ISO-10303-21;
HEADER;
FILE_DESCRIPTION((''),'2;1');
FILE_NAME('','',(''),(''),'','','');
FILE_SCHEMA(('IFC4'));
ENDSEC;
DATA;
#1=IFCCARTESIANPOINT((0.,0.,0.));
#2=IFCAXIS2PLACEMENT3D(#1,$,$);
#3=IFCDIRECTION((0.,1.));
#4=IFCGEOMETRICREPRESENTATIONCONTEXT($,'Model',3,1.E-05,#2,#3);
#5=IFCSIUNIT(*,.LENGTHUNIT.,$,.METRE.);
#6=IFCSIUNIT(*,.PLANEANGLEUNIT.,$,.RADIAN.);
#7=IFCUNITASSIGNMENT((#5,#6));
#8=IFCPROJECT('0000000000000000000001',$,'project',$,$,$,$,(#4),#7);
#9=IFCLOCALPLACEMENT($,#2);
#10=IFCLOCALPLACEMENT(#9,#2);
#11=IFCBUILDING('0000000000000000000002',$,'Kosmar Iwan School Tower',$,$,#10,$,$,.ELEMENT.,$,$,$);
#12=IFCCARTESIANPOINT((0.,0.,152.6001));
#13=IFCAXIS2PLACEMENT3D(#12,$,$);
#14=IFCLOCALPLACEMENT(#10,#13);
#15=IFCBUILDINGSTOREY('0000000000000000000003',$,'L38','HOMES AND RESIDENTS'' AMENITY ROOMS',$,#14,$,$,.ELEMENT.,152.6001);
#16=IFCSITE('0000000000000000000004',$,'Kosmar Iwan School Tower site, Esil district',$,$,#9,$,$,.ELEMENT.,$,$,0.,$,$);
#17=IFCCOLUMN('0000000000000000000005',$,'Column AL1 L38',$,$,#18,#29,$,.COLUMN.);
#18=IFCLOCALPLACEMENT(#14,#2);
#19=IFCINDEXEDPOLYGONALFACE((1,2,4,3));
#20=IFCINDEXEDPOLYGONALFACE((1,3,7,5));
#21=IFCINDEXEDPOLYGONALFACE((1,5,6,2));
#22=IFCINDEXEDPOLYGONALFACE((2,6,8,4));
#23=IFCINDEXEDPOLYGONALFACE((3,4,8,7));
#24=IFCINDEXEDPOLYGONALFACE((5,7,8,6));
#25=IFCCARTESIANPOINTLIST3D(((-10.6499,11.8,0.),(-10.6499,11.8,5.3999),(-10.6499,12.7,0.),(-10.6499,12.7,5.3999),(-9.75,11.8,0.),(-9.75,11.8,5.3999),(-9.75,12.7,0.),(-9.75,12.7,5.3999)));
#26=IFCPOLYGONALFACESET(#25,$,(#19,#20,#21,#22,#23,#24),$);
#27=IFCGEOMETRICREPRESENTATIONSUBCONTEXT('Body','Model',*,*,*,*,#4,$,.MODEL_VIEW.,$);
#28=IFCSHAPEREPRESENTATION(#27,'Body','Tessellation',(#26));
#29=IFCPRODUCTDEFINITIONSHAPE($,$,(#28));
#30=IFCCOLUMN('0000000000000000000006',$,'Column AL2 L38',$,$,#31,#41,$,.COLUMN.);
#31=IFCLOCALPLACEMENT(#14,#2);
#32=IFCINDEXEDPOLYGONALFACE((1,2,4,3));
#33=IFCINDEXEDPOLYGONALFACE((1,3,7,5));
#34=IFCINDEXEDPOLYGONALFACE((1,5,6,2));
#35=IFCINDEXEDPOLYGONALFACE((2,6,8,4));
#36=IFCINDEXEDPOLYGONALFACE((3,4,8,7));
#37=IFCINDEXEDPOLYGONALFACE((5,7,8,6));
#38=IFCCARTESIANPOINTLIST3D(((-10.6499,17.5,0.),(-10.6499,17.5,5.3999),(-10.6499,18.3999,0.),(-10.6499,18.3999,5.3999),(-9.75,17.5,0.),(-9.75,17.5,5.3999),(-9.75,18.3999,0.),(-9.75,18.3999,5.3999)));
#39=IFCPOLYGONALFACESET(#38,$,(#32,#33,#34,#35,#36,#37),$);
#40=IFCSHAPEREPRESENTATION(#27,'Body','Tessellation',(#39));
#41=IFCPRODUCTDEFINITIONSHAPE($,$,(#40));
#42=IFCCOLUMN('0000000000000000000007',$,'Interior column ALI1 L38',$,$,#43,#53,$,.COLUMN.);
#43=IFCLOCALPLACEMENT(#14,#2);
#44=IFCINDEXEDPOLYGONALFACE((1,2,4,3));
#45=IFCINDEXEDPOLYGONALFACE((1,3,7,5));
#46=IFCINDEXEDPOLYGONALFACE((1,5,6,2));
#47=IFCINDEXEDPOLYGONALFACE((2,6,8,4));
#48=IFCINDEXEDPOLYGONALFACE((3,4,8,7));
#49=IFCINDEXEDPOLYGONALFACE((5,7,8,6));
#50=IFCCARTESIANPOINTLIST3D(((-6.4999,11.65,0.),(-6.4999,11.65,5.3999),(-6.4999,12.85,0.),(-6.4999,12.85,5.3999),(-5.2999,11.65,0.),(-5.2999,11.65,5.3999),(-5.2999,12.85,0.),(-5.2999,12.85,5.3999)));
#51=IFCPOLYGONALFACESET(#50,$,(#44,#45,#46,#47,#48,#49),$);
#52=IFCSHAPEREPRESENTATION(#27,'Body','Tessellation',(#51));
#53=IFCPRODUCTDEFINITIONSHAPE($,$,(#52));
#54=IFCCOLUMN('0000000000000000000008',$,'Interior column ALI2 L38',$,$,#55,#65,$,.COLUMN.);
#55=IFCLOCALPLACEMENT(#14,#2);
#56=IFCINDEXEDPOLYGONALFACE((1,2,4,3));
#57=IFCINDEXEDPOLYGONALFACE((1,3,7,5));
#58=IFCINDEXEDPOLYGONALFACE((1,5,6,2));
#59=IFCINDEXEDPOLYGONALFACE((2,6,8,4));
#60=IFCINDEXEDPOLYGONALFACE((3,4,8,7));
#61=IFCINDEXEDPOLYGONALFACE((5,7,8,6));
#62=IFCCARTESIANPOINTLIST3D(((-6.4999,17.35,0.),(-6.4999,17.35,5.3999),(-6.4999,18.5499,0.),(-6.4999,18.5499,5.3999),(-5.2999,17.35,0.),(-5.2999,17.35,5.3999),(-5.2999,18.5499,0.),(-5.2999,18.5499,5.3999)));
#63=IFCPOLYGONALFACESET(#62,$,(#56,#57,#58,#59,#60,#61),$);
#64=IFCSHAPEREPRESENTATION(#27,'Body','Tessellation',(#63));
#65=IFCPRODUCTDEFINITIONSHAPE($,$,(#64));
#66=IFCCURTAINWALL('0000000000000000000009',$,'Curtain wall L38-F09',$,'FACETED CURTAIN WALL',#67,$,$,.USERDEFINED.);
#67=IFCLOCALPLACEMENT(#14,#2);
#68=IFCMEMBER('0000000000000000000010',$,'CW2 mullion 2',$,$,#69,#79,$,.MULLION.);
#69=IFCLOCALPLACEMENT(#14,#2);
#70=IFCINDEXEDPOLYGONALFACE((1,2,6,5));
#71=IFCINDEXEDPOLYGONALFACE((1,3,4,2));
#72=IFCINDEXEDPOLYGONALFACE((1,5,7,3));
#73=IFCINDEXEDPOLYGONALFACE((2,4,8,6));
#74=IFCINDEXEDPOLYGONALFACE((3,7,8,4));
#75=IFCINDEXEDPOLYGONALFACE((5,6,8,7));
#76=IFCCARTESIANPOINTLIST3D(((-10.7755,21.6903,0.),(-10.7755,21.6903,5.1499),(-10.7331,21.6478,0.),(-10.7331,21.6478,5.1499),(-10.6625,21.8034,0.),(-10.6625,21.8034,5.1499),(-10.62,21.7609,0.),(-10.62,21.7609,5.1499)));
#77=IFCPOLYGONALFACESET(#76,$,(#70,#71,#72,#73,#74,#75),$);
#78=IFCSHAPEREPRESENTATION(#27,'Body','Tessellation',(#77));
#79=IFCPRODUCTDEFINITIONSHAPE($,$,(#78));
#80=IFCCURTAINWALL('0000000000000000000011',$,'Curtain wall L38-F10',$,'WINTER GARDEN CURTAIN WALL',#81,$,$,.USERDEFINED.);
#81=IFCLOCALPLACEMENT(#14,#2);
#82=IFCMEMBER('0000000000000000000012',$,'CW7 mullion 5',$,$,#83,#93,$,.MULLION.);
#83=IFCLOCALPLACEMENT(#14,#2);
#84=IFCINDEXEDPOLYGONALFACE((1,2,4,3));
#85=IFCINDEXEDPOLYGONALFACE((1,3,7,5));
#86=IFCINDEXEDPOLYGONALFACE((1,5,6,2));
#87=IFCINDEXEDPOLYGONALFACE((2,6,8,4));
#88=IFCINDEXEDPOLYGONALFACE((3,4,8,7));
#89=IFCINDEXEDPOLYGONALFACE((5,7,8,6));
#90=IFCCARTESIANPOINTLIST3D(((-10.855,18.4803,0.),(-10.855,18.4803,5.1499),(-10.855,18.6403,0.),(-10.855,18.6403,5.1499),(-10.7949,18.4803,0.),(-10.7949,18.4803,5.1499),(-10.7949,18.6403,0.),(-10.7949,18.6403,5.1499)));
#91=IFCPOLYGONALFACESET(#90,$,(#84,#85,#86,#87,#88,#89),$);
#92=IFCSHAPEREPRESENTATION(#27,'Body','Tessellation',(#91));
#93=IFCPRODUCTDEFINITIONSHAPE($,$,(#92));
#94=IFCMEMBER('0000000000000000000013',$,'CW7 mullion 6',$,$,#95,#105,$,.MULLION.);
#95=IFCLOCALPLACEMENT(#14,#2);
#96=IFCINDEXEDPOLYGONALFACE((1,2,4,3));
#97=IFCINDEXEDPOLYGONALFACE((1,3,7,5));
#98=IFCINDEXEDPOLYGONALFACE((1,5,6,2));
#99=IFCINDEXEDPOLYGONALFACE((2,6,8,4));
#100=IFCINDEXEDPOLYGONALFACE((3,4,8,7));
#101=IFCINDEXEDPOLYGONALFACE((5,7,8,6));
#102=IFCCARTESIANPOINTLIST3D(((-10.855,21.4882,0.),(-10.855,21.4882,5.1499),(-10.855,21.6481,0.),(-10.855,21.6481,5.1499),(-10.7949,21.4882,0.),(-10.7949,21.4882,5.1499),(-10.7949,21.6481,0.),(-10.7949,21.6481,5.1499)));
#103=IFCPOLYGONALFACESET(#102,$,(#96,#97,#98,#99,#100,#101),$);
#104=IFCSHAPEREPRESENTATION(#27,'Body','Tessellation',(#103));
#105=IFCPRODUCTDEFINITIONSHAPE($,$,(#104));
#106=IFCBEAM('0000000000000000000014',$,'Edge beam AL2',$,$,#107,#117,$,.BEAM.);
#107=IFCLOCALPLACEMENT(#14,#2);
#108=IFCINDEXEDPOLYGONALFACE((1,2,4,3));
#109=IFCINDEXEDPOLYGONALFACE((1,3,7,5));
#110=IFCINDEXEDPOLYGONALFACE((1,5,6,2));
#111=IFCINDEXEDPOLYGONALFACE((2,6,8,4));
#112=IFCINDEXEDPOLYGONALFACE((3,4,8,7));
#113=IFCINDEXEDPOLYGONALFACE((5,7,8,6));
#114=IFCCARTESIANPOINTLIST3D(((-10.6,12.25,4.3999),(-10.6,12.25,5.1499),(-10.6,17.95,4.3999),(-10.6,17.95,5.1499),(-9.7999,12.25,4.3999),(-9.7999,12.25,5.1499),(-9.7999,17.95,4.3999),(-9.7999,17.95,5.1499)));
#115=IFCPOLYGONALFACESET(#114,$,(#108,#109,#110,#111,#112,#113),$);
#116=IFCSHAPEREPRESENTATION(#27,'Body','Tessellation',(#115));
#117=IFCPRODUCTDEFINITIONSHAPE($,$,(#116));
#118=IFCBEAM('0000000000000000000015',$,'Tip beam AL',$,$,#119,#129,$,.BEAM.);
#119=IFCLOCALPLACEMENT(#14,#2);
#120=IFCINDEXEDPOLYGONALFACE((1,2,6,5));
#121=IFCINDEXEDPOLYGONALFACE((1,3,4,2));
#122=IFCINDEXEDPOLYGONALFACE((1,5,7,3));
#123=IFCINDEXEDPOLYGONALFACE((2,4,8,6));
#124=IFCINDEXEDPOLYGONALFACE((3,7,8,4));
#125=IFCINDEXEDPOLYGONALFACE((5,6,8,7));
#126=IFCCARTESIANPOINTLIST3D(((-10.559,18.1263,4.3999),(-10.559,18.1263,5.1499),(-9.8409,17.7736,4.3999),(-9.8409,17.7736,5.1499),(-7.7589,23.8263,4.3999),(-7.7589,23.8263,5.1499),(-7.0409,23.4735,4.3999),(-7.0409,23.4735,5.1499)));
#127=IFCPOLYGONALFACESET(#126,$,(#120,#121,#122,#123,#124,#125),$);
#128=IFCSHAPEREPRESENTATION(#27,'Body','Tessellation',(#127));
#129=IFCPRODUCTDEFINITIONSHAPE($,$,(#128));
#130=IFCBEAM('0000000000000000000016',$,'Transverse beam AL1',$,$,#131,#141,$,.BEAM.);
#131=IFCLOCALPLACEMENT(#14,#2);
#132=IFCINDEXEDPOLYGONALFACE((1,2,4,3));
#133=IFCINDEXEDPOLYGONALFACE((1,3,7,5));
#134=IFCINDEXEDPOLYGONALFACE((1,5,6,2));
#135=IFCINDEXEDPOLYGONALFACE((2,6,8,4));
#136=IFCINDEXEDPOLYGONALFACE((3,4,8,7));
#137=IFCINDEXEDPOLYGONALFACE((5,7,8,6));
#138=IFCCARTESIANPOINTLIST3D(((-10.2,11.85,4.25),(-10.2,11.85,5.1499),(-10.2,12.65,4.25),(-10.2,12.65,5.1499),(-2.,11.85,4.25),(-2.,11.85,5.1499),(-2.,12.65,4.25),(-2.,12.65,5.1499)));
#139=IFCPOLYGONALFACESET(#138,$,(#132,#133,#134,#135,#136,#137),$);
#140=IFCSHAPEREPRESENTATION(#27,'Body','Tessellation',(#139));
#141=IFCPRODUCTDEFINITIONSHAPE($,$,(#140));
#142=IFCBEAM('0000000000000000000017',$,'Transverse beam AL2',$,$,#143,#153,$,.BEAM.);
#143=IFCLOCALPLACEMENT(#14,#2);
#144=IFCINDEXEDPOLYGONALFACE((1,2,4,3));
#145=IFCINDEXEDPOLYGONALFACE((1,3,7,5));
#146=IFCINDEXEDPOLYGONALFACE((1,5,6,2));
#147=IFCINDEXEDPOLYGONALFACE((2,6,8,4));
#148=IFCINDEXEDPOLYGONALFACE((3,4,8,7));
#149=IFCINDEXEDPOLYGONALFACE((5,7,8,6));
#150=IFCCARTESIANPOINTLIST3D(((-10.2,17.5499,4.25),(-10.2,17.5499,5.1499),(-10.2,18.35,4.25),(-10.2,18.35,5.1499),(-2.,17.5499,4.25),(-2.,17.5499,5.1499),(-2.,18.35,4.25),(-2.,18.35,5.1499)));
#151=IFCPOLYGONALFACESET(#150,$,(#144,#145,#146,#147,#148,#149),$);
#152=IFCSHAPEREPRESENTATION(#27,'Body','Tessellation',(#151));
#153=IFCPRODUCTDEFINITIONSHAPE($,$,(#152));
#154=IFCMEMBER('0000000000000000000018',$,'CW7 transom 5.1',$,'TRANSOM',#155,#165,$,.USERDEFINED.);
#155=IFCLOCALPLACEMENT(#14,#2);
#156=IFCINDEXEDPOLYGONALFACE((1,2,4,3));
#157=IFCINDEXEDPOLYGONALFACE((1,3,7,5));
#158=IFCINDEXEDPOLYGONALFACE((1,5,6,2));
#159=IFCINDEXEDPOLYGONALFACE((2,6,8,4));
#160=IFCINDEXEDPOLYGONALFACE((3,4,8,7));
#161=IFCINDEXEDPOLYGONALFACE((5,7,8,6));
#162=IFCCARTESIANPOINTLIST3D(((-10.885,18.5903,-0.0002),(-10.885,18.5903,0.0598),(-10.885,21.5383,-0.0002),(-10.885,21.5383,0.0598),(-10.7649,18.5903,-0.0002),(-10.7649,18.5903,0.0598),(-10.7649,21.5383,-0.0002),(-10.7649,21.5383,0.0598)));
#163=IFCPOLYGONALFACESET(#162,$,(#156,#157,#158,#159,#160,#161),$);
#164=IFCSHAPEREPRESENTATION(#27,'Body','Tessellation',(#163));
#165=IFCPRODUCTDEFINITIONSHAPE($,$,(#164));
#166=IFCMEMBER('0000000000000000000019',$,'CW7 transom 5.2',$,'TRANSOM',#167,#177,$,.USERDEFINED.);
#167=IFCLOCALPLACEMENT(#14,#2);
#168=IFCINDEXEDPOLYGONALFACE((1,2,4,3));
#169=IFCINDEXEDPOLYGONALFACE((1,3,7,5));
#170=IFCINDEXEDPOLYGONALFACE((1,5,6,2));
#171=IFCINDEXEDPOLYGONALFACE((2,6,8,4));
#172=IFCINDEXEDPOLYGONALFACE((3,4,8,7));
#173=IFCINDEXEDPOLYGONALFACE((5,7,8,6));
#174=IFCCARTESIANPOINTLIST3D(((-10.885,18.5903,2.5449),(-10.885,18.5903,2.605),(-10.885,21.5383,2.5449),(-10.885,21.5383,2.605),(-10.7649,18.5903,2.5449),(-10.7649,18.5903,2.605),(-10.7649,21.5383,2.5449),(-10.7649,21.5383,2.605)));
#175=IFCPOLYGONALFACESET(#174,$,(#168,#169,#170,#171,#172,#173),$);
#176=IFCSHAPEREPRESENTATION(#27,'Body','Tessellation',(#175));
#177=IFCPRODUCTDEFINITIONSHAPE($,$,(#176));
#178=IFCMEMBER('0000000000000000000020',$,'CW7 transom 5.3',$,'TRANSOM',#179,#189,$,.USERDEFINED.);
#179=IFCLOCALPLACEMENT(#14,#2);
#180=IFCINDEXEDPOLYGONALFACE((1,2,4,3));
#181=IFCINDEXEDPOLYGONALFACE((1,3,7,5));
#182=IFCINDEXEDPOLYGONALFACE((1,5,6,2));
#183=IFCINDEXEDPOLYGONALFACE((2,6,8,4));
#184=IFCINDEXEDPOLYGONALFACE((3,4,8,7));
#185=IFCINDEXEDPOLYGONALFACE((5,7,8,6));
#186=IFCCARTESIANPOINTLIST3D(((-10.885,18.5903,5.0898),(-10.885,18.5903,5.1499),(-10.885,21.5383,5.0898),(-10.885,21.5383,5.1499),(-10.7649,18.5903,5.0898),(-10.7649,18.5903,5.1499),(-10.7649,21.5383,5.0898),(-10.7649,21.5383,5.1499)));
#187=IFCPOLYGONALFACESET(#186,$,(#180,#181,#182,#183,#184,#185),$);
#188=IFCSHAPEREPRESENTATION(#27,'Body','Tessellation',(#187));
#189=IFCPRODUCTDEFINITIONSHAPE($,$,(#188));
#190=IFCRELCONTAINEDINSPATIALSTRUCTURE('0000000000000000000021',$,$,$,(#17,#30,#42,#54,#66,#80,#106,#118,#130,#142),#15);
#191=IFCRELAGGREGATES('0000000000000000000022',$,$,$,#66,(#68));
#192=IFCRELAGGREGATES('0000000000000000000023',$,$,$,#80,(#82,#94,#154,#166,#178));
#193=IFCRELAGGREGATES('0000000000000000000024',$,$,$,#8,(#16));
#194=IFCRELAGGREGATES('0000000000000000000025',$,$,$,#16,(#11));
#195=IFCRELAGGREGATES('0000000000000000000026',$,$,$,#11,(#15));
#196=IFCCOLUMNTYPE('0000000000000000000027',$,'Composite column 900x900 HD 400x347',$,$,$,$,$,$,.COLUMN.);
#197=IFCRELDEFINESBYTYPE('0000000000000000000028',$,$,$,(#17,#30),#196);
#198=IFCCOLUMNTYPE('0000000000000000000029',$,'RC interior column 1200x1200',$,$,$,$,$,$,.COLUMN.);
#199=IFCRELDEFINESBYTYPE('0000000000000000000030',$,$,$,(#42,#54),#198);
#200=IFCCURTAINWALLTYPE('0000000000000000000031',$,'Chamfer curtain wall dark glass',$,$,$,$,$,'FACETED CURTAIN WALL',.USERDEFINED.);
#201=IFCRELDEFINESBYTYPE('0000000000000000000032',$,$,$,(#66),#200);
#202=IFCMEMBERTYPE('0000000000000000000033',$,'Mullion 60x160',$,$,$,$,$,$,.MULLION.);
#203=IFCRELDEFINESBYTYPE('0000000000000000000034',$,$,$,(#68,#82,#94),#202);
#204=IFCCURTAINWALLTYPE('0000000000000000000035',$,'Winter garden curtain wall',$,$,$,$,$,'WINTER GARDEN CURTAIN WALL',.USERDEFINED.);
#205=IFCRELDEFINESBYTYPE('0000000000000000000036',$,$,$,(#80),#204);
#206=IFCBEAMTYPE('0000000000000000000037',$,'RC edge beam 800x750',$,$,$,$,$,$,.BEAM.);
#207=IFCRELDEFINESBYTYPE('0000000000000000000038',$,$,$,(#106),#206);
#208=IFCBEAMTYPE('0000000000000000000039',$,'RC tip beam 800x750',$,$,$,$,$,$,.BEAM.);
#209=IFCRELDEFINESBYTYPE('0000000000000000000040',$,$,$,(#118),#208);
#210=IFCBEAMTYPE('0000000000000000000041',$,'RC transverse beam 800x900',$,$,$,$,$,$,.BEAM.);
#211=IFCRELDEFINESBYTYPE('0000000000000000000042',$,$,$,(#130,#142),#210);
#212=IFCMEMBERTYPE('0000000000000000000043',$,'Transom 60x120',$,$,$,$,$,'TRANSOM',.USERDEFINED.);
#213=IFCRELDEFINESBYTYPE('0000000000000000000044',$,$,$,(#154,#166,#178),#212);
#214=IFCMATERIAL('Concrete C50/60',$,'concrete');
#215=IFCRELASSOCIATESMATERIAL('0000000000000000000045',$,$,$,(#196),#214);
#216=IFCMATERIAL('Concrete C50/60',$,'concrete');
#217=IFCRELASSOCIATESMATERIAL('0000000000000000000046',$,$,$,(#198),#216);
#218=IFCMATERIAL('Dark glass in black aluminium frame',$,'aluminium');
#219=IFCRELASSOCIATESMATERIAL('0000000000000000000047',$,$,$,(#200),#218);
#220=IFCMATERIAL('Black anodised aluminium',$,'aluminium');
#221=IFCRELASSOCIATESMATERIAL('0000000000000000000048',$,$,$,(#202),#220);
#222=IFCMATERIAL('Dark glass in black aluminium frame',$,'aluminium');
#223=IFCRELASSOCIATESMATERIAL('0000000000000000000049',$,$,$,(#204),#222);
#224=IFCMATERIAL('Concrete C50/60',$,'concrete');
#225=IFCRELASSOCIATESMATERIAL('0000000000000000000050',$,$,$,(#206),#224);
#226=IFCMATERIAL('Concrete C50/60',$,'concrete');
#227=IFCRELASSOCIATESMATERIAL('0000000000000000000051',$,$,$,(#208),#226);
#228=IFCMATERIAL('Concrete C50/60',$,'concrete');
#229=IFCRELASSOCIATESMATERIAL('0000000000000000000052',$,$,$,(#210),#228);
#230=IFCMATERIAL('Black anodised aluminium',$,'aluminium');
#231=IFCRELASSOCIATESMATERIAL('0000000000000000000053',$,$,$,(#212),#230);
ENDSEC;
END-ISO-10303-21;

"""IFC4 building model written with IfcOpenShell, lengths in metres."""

from ifc_helpers import new_model, si_unit, direction, frame, origin, origin_2d, place, context, subcontext, project, spatial, rectangle, extrude, material, material_profile, profile_set, type_object, element, aggregate, save


model = new_model("IFC4")

# Units and contexts
model_context = context("Model", 3, precision=1e-05, world=origin(), true_north=direction((0.0, 1.0)))
body_context = subcontext(model_context, "Body", "Model", "MODEL_VIEW")
ifc_project = project(units=[si_unit("LENGTHUNIT", "METRE"), si_unit("PLANEANGLEUNIT", "RADIAN")], contexts=[model_context])

# Site, building, storey
site_placement = place(None, origin())
site = spatial("IfcSite", under=ifc_project, at=site_placement, Name="Kosmar Iwan School Tower site, Esil district", CompositionType="ELEMENT", RefElevation=0.0)
building_placement = place(site_placement, origin())
building = spatial("IfcBuilding", under=site, at=building_placement, Name="Kosmar Iwan School Tower", CompositionType="ELEMENT")
storey_placement = place(building_placement, frame((0.0, 0.0, 152.6001)))
storey = spatial("IfcBuildingStorey", under=building, at=storey_placement, Name="L38", Description="HOMES AND RESIDENTS' AMENITY ROOMS", CompositionType="ELEMENT", Elevation=152.6001)

# Columns
ifc_material_1 = material(Name="Concrete C50/60", Category="concrete")
ifc_material_profile_1 = material_profile(ifc_material_1, rectangle(XDim=0.8999, YDim=0.8999, at=origin_2d()), Name="RC 900x900 + HD 400x347")
ifc_profile_set_1 = profile_set([ifc_material_profile_1], Name="Concrete C50/60")
column_type_1 = type_object("IfcColumnType", Name="Composite column 900x900 HD 400x347", PredefinedType="COLUMN", material=ifc_profile_set_1)
for number, where, z_axis, x_axis, name in (
    (1, (-10.2, 12.25, 0.0), (0.0, 0.0, 1.0), (0.0, 1.0, 0.0), "Column AL1 L38"),
    (2, (-10.2, 17.95, 0.0), (0.0, 0.0, 1.0), (0.0, 1.0, 0.0), "Column AL2 L38"),
):
    element("IfcColumn", number, at=place(storey_placement, frame(where, z_axis=z_axis, x_axis=x_axis)), inside=storey, type_object=column_type_1, Name=name, PredefinedType="COLUMN", context=body_context, shape_type="SweptSolid", body=[
        extrude(rectangle(XDim=0.8999, YDim=0.8999, at=origin_2d()), origin(), (0.0, 0.0, 1.0), 5.3999),
    ])
ifc_material_2 = material(Name="Concrete C50/60", Category="concrete")
ifc_material_profile_2 = material_profile(ifc_material_2, rectangle(XDim=1.2, YDim=1.2, at=origin_2d()), Name="RC 1200x1200")
ifc_profile_set_2 = profile_set([ifc_material_profile_2], Name="Concrete C50/60")
column_type_2 = type_object("IfcColumnType", Name="RC interior column 1200x1200", PredefinedType="COLUMN", material=ifc_profile_set_2)
for number, where, z_axis, x_axis, name in (
    (3, (-5.8999, 12.25, 0.0), (0.0, 0.0, 1.0), (0.0, 1.0, 0.0), "Interior column ALI1 L38"),
    (4, (-5.8999, 17.95, 0.0), (0.0, 0.0, 1.0), (0.0, 1.0, 0.0), "Interior column ALI2 L38"),
):
    element("IfcColumn", number, at=place(storey_placement, frame(where, z_axis=z_axis, x_axis=x_axis)), inside=storey, type_object=column_type_2, Name=name, PredefinedType="COLUMN", context=body_context, shape_type="SweptSolid", body=[
        extrude(rectangle(XDim=1.2, YDim=1.2, at=origin_2d()), origin(), (0.0, 0.0, 1.0), 5.3999),
    ])

# Curtain wall, member
ifc_material_3 = material(Name="Dark glass in black aluminium frame", Category="aluminium")
curtain_wall_type_1 = type_object("IfcCurtainWallType", Name="Chamfer curtain wall dark glass", ElementType="FACETED CURTAIN WALL", PredefinedType="USERDEFINED", material=ifc_material_3)
curtain_wall_1_placement = place(storey_placement, origin())
curtain_wall_1 = element("IfcCurtainWall", 5, at=curtain_wall_1_placement, inside=storey, type_object=curtain_wall_type_1, Name="Curtain wall L38-F09", ObjectType="FACETED CURTAIN WALL", PredefinedType="USERDEFINED")
ifc_material_4 = material(Name="Black anodised aluminium", Category="aluminium")
ifc_material_profile_3 = material_profile(ifc_material_4, rectangle(XDim=0.0601, YDim=0.1599, at=origin_2d()), Name="MULLION 60x160")
ifc_profile_set_3 = profile_set([ifc_material_profile_3], Name="Black anodised aluminium")
member_type_1 = type_object("IfcMemberType", Name="Mullion 60x160", PredefinedType="MULLION", material=ifc_profile_set_3)
member_1_placement = place(storey_placement, frame((-10.6978, 21.7256, 0.0), z_axis=(0.0, 0.0, 1.0), x_axis=(0.707107, -0.707107, 0.0)))
member_1 = element("IfcMember", 6, at=member_1_placement, type_object=member_type_1, Name="CW2 mullion 2", PredefinedType="MULLION", context=body_context, shape_type="SweptSolid", body=[
    extrude(rectangle(XDim=0.0601, YDim=0.1599, at=origin_2d()), origin(), (0.0, 0.0, 1.0), 5.1499),
])
aggregate(curtain_wall_1, [member_1])

# Curtain wall, members
ifc_material_5 = material(Name="Dark glass in black aluminium frame", Category="aluminium")
curtain_wall_type_2 = type_object("IfcCurtainWallType", Name="Winter garden curtain wall", ElementType="WINTER GARDEN CURTAIN WALL", PredefinedType="USERDEFINED", material=ifc_material_5)
curtain_wall_2_placement = place(storey_placement, origin())
curtain_wall_2 = element("IfcCurtainWall", 7, at=curtain_wall_2_placement, inside=storey, type_object=curtain_wall_type_2, Name="Curtain wall L38-F10", ObjectType="WINTER GARDEN CURTAIN WALL", PredefinedType="USERDEFINED")
member_2_placement = place(storey_placement, frame((-10.825, 18.5603, 0.0), z_axis=(0.0, 0.0, 1.0), x_axis=(-1.0, 0.0, 0.0)))
member_2 = element("IfcMember", 8, at=member_2_placement, type_object=member_type_1, Name="CW7 mullion 5", PredefinedType="MULLION", context=body_context, shape_type="SweptSolid", body=[
    extrude(rectangle(XDim=0.0601, YDim=0.1599, at=origin_2d()), origin(), (0.0, 0.0, 1.0), 5.1499),
])
member_3_placement = place(storey_placement, frame((-10.825, 21.5681, 0.0), z_axis=(0.0, 0.0, 1.0), x_axis=(-1.0, 0.0, 0.0)))
member_3 = element("IfcMember", 9, at=member_3_placement, type_object=member_type_1, Name="CW7 mullion 6", PredefinedType="MULLION", context=body_context, shape_type="SweptSolid", body=[
    extrude(rectangle(XDim=0.0601, YDim=0.1599, at=origin_2d()), origin(), (0.0, 0.0, 1.0), 5.1499),
])

# Beams
ifc_material_6 = material(Name="Concrete C50/60", Category="concrete")
ifc_material_profile_4 = material_profile(ifc_material_6, rectangle(XDim=0.8, YDim=0.75, at=origin_2d()), Name="RC 800x750")
ifc_profile_set_4 = profile_set([ifc_material_profile_4], Name="Concrete C50/60")
beam_type_1 = type_object("IfcBeamType", Name="RC edge beam 800x750", PredefinedType="BEAM", material=ifc_profile_set_4)
beam_1_placement = place(storey_placement, frame((-10.2, 12.25, 4.7749), z_axis=(0.0, 1.0, 0.0), x_axis=(-1.0, 0.0, 0.0)))
element("IfcBeam", 10, at=beam_1_placement, inside=storey, type_object=beam_type_1, Name="Edge beam AL2", PredefinedType="BEAM", context=body_context, shape_type="SweptSolid", body=[
    extrude(rectangle(XDim=0.8, YDim=0.75, at=origin_2d()), origin(), (0.0, 0.0, 1.0), 5.7),
])
ifc_material_7 = material(Name="Concrete C50/60", Category="concrete")
ifc_material_profile_5 = material_profile(ifc_material_7, rectangle(XDim=0.8, YDim=0.75, at=origin_2d()), Name="RC 800x750")
ifc_profile_set_5 = profile_set([ifc_material_profile_5], Name="Concrete C50/60")
beam_type_2 = type_object("IfcBeamType", Name="RC tip beam 800x750", PredefinedType="BEAM", material=ifc_profile_set_5)
beam_2_placement = place(storey_placement, frame((-10.2, 17.95, 4.7749), z_axis=(0.440913, 0.89755, 0.0), x_axis=(-0.89755, 0.440913, 0.0)))
element("IfcBeam", 11, at=beam_2_placement, inside=storey, type_object=beam_type_2, Name="Tip beam AL", PredefinedType="BEAM", context=body_context, shape_type="SweptSolid", body=[
    extrude(rectangle(XDim=0.8, YDim=0.75, at=origin_2d()), origin(), (0.0, 0.0, 1.0), 6.3506),
])
ifc_material_8 = material(Name="Concrete C50/60", Category="concrete")
ifc_material_profile_6 = material_profile(ifc_material_8, rectangle(XDim=0.8, YDim=0.8999, at=origin_2d()), Name="RC 800x900")
ifc_profile_set_6 = profile_set([ifc_material_profile_6], Name="Concrete C50/60")
beam_type_3 = type_object("IfcBeamType", Name="RC transverse beam 800x900", PredefinedType="BEAM", material=ifc_profile_set_6)
for number, where, z_axis, x_axis, name in (
    (12, (-10.2, 12.25, 4.7), (1.0, 0.0, 0.0), (0.0, 1.0, 0.0), "Transverse beam AL1"),
    (13, (-10.2, 17.95, 4.7), (1.0, 0.0, 0.0), (0.0, 1.0, 0.0), "Transverse beam AL2"),
):
    element("IfcBeam", number, at=place(storey_placement, frame(where, z_axis=z_axis, x_axis=x_axis)), inside=storey, type_object=beam_type_3, Name=name, PredefinedType="BEAM", context=body_context, shape_type="SweptSolid", body=[
        extrude(rectangle(XDim=0.8, YDim=0.8999, at=origin_2d()), origin(), (0.0, 0.0, 1.0), 8.2),
    ])

# Members
ifc_material_9 = material(Name="Black anodised aluminium", Category="aluminium")
ifc_material_profile_7 = material_profile(ifc_material_9, rectangle(XDim=0.1201, YDim=0.0601, at=origin_2d()), Name="TRANSOM 60x120")
ifc_profile_set_7 = profile_set([ifc_material_profile_7], Name="Black anodised aluminium")
member_type_2 = type_object("IfcMemberType", Name="Transom 60x120", ElementType="TRANSOM", PredefinedType="USERDEFINED", material=ifc_profile_set_7)
member_4_placement = place(storey_placement, frame((-10.825, 18.5903, 0.0298), z_axis=(0.0, 1.0, 0.0), x_axis=(-1.0, 0.0, 0.0)))
member_4 = element("IfcMember", 14, at=member_4_placement, type_object=member_type_2, Name="CW7 transom 5.1", ObjectType="TRANSOM", PredefinedType="USERDEFINED", context=body_context, shape_type="SweptSolid", body=[
    extrude(rectangle(XDim=0.1201, YDim=0.0601, at=origin_2d()), origin(), (0.0, 0.0, 1.0), 2.948),
])
member_5_placement = place(storey_placement, frame((-10.825, 18.5903, 2.575), z_axis=(0.0, 1.0, 0.0), x_axis=(-1.0, 0.0, 0.0)))
member_5 = element("IfcMember", 15, at=member_5_placement, type_object=member_type_2, Name="CW7 transom 5.2", ObjectType="TRANSOM", PredefinedType="USERDEFINED", context=body_context, shape_type="SweptSolid", body=[
    extrude(rectangle(XDim=0.1201, YDim=0.0601, at=origin_2d()), origin(), (0.0, 0.0, 1.0), 2.948),
])
member_6_placement = place(storey_placement, frame((-10.825, 18.5903, 5.1199), z_axis=(0.0, 1.0, 0.0), x_axis=(-1.0, 0.0, 0.0)))
member_6 = element("IfcMember", 16, at=member_6_placement, type_object=member_type_2, Name="CW7 transom 5.3", ObjectType="TRANSOM", PredefinedType="USERDEFINED", context=body_context, shape_type="SweptSolid", body=[
    extrude(rectangle(XDim=0.1201, YDim=0.0601, at=origin_2d()), origin(), (0.0, 0.0, 1.0), 2.948),
])

aggregate(curtain_wall_2, [member_2, member_3, member_4, member_5, member_6])

save(model, "model.ifc")
